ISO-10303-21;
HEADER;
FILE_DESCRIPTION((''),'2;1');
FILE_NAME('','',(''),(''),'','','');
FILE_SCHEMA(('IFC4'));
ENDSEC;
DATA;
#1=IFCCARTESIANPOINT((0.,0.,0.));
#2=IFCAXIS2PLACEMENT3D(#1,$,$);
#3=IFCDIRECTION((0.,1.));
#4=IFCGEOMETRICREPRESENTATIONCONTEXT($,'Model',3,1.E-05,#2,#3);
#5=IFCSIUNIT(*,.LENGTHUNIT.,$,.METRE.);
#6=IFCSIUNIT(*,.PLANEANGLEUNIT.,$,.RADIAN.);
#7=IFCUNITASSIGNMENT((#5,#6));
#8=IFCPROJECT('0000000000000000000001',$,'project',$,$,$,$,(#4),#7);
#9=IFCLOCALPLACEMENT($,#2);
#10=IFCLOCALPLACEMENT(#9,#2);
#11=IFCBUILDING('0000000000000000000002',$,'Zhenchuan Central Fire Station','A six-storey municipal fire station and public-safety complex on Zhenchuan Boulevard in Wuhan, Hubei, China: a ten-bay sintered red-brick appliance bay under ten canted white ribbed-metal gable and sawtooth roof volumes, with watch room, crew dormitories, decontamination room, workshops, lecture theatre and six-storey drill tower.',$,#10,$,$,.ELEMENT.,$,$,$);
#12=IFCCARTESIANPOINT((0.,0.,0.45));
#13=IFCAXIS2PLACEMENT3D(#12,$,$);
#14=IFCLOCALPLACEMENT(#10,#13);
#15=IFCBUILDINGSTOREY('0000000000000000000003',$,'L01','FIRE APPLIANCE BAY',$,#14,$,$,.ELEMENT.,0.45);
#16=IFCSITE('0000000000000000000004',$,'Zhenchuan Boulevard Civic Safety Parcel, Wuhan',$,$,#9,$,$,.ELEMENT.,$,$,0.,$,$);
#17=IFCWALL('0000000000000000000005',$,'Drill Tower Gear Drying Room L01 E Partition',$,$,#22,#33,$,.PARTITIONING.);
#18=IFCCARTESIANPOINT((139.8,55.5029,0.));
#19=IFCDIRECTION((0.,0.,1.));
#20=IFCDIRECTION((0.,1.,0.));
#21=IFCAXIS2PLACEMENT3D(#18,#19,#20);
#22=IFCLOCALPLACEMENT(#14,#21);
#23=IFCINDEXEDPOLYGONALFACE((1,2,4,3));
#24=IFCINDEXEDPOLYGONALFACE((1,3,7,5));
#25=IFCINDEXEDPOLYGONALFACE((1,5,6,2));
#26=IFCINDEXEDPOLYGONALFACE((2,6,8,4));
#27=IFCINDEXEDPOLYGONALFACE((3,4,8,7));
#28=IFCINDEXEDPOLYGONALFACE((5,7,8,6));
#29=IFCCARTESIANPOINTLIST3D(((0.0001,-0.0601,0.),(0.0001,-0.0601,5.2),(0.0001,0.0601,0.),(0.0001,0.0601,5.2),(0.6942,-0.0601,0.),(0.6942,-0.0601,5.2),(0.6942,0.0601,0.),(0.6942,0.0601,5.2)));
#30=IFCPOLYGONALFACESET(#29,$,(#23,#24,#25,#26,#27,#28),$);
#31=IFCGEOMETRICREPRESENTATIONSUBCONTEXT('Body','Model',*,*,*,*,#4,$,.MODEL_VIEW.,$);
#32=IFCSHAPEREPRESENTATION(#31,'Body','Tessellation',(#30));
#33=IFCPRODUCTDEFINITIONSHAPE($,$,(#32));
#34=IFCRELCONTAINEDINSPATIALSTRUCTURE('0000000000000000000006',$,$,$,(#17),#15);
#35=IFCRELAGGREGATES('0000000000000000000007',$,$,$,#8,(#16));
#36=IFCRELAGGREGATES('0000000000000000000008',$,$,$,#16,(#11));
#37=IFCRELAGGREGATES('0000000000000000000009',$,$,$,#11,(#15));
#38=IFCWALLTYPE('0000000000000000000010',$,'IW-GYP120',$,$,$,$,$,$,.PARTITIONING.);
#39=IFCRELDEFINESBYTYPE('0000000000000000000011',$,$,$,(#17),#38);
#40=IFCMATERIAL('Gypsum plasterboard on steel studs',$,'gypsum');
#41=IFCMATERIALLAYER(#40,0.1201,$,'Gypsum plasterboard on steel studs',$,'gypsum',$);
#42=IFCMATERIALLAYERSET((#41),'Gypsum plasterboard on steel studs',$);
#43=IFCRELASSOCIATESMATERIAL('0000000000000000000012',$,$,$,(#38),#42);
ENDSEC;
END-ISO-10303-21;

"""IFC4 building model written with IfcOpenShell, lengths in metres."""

from ifc_helpers import new_model, si_unit, direction, frame, frame_2d, origin, place, context, subcontext, project, spatial, rectangle, extrude, material, layer, layer_set, type_object, element, save


model = new_model("IFC4")

# Units and contexts
model_context = context("Model", 3, precision=1e-05, world=origin(), true_north=direction((0.0, 1.0)))
body_context = subcontext(model_context, "Body", "Model", "MODEL_VIEW")
ifc_project = project(units=[si_unit("LENGTHUNIT", "METRE"), si_unit("PLANEANGLEUNIT", "RADIAN")], contexts=[model_context])

# Site, building, storey
site_placement = place(None, origin())
site = spatial("IfcSite", under=ifc_project, at=site_placement, Name="Zhenchuan Boulevard Civic Safety Parcel, Wuhan", CompositionType="ELEMENT", RefElevation=0.0)
building_placement = place(site_placement, origin())
building = spatial("IfcBuilding", under=site, at=building_placement, Name="Zhenchuan Central Fire Station", Description="A six-storey municipal fire station and public-safety complex on Zhenchuan Boulevard in Wuhan, Hubei, China: a ten-bay sintered red-brick appliance bay under ten canted white ribbed-metal gable and sawtooth roof volumes, with watch room, crew dormitories, decontamination room, workshops, lecture theatre and six-storey drill tower.", CompositionType="ELEMENT")
storey_placement = place(building_placement, frame((0.0, 0.0, 0.45)))
storey = spatial("IfcBuildingStorey", under=building, at=storey_placement, Name="L01", Description="FIRE APPLIANCE BAY", CompositionType="ELEMENT", Elevation=0.45)

# Shared definitions
ifc_material_1 = material(Name="Gypsum plasterboard on steel studs", Category="gypsum")
ifc_layer_1 = layer(ifc_material_1, 0.1201, Name="Gypsum plasterboard on steel studs", Category="gypsum")
ifc_layer_set_1 = layer_set([ifc_layer_1], Name="Gypsum plasterboard on steel studs")
wall_type_1 = type_object("IfcWallType", Name="IW-GYP120", PredefinedType="PARTITIONING", material=ifc_layer_set_1)

# Wall
wall_1_placement = place(storey_placement, frame((139.8, 55.5029, 0.0), z_axis=(0.0, 0.0, 1.0), x_axis=(0.0, 1.0, 0.0)))
element("IfcWall", 1, at=wall_1_placement, inside=storey, type_object=wall_type_1, Name="Drill Tower Gear Drying Room L01 E Partition", PredefinedType="PARTITIONING", context=body_context, shape_type="SweptSolid", body=[
    extrude(rectangle(XDim=0.6941, YDim=0.1201, at=frame_2d((0.3472, 0.0))), origin(), (0.0, 0.0, 1.0), 5.2),
])

save(model, "model.ifc")
